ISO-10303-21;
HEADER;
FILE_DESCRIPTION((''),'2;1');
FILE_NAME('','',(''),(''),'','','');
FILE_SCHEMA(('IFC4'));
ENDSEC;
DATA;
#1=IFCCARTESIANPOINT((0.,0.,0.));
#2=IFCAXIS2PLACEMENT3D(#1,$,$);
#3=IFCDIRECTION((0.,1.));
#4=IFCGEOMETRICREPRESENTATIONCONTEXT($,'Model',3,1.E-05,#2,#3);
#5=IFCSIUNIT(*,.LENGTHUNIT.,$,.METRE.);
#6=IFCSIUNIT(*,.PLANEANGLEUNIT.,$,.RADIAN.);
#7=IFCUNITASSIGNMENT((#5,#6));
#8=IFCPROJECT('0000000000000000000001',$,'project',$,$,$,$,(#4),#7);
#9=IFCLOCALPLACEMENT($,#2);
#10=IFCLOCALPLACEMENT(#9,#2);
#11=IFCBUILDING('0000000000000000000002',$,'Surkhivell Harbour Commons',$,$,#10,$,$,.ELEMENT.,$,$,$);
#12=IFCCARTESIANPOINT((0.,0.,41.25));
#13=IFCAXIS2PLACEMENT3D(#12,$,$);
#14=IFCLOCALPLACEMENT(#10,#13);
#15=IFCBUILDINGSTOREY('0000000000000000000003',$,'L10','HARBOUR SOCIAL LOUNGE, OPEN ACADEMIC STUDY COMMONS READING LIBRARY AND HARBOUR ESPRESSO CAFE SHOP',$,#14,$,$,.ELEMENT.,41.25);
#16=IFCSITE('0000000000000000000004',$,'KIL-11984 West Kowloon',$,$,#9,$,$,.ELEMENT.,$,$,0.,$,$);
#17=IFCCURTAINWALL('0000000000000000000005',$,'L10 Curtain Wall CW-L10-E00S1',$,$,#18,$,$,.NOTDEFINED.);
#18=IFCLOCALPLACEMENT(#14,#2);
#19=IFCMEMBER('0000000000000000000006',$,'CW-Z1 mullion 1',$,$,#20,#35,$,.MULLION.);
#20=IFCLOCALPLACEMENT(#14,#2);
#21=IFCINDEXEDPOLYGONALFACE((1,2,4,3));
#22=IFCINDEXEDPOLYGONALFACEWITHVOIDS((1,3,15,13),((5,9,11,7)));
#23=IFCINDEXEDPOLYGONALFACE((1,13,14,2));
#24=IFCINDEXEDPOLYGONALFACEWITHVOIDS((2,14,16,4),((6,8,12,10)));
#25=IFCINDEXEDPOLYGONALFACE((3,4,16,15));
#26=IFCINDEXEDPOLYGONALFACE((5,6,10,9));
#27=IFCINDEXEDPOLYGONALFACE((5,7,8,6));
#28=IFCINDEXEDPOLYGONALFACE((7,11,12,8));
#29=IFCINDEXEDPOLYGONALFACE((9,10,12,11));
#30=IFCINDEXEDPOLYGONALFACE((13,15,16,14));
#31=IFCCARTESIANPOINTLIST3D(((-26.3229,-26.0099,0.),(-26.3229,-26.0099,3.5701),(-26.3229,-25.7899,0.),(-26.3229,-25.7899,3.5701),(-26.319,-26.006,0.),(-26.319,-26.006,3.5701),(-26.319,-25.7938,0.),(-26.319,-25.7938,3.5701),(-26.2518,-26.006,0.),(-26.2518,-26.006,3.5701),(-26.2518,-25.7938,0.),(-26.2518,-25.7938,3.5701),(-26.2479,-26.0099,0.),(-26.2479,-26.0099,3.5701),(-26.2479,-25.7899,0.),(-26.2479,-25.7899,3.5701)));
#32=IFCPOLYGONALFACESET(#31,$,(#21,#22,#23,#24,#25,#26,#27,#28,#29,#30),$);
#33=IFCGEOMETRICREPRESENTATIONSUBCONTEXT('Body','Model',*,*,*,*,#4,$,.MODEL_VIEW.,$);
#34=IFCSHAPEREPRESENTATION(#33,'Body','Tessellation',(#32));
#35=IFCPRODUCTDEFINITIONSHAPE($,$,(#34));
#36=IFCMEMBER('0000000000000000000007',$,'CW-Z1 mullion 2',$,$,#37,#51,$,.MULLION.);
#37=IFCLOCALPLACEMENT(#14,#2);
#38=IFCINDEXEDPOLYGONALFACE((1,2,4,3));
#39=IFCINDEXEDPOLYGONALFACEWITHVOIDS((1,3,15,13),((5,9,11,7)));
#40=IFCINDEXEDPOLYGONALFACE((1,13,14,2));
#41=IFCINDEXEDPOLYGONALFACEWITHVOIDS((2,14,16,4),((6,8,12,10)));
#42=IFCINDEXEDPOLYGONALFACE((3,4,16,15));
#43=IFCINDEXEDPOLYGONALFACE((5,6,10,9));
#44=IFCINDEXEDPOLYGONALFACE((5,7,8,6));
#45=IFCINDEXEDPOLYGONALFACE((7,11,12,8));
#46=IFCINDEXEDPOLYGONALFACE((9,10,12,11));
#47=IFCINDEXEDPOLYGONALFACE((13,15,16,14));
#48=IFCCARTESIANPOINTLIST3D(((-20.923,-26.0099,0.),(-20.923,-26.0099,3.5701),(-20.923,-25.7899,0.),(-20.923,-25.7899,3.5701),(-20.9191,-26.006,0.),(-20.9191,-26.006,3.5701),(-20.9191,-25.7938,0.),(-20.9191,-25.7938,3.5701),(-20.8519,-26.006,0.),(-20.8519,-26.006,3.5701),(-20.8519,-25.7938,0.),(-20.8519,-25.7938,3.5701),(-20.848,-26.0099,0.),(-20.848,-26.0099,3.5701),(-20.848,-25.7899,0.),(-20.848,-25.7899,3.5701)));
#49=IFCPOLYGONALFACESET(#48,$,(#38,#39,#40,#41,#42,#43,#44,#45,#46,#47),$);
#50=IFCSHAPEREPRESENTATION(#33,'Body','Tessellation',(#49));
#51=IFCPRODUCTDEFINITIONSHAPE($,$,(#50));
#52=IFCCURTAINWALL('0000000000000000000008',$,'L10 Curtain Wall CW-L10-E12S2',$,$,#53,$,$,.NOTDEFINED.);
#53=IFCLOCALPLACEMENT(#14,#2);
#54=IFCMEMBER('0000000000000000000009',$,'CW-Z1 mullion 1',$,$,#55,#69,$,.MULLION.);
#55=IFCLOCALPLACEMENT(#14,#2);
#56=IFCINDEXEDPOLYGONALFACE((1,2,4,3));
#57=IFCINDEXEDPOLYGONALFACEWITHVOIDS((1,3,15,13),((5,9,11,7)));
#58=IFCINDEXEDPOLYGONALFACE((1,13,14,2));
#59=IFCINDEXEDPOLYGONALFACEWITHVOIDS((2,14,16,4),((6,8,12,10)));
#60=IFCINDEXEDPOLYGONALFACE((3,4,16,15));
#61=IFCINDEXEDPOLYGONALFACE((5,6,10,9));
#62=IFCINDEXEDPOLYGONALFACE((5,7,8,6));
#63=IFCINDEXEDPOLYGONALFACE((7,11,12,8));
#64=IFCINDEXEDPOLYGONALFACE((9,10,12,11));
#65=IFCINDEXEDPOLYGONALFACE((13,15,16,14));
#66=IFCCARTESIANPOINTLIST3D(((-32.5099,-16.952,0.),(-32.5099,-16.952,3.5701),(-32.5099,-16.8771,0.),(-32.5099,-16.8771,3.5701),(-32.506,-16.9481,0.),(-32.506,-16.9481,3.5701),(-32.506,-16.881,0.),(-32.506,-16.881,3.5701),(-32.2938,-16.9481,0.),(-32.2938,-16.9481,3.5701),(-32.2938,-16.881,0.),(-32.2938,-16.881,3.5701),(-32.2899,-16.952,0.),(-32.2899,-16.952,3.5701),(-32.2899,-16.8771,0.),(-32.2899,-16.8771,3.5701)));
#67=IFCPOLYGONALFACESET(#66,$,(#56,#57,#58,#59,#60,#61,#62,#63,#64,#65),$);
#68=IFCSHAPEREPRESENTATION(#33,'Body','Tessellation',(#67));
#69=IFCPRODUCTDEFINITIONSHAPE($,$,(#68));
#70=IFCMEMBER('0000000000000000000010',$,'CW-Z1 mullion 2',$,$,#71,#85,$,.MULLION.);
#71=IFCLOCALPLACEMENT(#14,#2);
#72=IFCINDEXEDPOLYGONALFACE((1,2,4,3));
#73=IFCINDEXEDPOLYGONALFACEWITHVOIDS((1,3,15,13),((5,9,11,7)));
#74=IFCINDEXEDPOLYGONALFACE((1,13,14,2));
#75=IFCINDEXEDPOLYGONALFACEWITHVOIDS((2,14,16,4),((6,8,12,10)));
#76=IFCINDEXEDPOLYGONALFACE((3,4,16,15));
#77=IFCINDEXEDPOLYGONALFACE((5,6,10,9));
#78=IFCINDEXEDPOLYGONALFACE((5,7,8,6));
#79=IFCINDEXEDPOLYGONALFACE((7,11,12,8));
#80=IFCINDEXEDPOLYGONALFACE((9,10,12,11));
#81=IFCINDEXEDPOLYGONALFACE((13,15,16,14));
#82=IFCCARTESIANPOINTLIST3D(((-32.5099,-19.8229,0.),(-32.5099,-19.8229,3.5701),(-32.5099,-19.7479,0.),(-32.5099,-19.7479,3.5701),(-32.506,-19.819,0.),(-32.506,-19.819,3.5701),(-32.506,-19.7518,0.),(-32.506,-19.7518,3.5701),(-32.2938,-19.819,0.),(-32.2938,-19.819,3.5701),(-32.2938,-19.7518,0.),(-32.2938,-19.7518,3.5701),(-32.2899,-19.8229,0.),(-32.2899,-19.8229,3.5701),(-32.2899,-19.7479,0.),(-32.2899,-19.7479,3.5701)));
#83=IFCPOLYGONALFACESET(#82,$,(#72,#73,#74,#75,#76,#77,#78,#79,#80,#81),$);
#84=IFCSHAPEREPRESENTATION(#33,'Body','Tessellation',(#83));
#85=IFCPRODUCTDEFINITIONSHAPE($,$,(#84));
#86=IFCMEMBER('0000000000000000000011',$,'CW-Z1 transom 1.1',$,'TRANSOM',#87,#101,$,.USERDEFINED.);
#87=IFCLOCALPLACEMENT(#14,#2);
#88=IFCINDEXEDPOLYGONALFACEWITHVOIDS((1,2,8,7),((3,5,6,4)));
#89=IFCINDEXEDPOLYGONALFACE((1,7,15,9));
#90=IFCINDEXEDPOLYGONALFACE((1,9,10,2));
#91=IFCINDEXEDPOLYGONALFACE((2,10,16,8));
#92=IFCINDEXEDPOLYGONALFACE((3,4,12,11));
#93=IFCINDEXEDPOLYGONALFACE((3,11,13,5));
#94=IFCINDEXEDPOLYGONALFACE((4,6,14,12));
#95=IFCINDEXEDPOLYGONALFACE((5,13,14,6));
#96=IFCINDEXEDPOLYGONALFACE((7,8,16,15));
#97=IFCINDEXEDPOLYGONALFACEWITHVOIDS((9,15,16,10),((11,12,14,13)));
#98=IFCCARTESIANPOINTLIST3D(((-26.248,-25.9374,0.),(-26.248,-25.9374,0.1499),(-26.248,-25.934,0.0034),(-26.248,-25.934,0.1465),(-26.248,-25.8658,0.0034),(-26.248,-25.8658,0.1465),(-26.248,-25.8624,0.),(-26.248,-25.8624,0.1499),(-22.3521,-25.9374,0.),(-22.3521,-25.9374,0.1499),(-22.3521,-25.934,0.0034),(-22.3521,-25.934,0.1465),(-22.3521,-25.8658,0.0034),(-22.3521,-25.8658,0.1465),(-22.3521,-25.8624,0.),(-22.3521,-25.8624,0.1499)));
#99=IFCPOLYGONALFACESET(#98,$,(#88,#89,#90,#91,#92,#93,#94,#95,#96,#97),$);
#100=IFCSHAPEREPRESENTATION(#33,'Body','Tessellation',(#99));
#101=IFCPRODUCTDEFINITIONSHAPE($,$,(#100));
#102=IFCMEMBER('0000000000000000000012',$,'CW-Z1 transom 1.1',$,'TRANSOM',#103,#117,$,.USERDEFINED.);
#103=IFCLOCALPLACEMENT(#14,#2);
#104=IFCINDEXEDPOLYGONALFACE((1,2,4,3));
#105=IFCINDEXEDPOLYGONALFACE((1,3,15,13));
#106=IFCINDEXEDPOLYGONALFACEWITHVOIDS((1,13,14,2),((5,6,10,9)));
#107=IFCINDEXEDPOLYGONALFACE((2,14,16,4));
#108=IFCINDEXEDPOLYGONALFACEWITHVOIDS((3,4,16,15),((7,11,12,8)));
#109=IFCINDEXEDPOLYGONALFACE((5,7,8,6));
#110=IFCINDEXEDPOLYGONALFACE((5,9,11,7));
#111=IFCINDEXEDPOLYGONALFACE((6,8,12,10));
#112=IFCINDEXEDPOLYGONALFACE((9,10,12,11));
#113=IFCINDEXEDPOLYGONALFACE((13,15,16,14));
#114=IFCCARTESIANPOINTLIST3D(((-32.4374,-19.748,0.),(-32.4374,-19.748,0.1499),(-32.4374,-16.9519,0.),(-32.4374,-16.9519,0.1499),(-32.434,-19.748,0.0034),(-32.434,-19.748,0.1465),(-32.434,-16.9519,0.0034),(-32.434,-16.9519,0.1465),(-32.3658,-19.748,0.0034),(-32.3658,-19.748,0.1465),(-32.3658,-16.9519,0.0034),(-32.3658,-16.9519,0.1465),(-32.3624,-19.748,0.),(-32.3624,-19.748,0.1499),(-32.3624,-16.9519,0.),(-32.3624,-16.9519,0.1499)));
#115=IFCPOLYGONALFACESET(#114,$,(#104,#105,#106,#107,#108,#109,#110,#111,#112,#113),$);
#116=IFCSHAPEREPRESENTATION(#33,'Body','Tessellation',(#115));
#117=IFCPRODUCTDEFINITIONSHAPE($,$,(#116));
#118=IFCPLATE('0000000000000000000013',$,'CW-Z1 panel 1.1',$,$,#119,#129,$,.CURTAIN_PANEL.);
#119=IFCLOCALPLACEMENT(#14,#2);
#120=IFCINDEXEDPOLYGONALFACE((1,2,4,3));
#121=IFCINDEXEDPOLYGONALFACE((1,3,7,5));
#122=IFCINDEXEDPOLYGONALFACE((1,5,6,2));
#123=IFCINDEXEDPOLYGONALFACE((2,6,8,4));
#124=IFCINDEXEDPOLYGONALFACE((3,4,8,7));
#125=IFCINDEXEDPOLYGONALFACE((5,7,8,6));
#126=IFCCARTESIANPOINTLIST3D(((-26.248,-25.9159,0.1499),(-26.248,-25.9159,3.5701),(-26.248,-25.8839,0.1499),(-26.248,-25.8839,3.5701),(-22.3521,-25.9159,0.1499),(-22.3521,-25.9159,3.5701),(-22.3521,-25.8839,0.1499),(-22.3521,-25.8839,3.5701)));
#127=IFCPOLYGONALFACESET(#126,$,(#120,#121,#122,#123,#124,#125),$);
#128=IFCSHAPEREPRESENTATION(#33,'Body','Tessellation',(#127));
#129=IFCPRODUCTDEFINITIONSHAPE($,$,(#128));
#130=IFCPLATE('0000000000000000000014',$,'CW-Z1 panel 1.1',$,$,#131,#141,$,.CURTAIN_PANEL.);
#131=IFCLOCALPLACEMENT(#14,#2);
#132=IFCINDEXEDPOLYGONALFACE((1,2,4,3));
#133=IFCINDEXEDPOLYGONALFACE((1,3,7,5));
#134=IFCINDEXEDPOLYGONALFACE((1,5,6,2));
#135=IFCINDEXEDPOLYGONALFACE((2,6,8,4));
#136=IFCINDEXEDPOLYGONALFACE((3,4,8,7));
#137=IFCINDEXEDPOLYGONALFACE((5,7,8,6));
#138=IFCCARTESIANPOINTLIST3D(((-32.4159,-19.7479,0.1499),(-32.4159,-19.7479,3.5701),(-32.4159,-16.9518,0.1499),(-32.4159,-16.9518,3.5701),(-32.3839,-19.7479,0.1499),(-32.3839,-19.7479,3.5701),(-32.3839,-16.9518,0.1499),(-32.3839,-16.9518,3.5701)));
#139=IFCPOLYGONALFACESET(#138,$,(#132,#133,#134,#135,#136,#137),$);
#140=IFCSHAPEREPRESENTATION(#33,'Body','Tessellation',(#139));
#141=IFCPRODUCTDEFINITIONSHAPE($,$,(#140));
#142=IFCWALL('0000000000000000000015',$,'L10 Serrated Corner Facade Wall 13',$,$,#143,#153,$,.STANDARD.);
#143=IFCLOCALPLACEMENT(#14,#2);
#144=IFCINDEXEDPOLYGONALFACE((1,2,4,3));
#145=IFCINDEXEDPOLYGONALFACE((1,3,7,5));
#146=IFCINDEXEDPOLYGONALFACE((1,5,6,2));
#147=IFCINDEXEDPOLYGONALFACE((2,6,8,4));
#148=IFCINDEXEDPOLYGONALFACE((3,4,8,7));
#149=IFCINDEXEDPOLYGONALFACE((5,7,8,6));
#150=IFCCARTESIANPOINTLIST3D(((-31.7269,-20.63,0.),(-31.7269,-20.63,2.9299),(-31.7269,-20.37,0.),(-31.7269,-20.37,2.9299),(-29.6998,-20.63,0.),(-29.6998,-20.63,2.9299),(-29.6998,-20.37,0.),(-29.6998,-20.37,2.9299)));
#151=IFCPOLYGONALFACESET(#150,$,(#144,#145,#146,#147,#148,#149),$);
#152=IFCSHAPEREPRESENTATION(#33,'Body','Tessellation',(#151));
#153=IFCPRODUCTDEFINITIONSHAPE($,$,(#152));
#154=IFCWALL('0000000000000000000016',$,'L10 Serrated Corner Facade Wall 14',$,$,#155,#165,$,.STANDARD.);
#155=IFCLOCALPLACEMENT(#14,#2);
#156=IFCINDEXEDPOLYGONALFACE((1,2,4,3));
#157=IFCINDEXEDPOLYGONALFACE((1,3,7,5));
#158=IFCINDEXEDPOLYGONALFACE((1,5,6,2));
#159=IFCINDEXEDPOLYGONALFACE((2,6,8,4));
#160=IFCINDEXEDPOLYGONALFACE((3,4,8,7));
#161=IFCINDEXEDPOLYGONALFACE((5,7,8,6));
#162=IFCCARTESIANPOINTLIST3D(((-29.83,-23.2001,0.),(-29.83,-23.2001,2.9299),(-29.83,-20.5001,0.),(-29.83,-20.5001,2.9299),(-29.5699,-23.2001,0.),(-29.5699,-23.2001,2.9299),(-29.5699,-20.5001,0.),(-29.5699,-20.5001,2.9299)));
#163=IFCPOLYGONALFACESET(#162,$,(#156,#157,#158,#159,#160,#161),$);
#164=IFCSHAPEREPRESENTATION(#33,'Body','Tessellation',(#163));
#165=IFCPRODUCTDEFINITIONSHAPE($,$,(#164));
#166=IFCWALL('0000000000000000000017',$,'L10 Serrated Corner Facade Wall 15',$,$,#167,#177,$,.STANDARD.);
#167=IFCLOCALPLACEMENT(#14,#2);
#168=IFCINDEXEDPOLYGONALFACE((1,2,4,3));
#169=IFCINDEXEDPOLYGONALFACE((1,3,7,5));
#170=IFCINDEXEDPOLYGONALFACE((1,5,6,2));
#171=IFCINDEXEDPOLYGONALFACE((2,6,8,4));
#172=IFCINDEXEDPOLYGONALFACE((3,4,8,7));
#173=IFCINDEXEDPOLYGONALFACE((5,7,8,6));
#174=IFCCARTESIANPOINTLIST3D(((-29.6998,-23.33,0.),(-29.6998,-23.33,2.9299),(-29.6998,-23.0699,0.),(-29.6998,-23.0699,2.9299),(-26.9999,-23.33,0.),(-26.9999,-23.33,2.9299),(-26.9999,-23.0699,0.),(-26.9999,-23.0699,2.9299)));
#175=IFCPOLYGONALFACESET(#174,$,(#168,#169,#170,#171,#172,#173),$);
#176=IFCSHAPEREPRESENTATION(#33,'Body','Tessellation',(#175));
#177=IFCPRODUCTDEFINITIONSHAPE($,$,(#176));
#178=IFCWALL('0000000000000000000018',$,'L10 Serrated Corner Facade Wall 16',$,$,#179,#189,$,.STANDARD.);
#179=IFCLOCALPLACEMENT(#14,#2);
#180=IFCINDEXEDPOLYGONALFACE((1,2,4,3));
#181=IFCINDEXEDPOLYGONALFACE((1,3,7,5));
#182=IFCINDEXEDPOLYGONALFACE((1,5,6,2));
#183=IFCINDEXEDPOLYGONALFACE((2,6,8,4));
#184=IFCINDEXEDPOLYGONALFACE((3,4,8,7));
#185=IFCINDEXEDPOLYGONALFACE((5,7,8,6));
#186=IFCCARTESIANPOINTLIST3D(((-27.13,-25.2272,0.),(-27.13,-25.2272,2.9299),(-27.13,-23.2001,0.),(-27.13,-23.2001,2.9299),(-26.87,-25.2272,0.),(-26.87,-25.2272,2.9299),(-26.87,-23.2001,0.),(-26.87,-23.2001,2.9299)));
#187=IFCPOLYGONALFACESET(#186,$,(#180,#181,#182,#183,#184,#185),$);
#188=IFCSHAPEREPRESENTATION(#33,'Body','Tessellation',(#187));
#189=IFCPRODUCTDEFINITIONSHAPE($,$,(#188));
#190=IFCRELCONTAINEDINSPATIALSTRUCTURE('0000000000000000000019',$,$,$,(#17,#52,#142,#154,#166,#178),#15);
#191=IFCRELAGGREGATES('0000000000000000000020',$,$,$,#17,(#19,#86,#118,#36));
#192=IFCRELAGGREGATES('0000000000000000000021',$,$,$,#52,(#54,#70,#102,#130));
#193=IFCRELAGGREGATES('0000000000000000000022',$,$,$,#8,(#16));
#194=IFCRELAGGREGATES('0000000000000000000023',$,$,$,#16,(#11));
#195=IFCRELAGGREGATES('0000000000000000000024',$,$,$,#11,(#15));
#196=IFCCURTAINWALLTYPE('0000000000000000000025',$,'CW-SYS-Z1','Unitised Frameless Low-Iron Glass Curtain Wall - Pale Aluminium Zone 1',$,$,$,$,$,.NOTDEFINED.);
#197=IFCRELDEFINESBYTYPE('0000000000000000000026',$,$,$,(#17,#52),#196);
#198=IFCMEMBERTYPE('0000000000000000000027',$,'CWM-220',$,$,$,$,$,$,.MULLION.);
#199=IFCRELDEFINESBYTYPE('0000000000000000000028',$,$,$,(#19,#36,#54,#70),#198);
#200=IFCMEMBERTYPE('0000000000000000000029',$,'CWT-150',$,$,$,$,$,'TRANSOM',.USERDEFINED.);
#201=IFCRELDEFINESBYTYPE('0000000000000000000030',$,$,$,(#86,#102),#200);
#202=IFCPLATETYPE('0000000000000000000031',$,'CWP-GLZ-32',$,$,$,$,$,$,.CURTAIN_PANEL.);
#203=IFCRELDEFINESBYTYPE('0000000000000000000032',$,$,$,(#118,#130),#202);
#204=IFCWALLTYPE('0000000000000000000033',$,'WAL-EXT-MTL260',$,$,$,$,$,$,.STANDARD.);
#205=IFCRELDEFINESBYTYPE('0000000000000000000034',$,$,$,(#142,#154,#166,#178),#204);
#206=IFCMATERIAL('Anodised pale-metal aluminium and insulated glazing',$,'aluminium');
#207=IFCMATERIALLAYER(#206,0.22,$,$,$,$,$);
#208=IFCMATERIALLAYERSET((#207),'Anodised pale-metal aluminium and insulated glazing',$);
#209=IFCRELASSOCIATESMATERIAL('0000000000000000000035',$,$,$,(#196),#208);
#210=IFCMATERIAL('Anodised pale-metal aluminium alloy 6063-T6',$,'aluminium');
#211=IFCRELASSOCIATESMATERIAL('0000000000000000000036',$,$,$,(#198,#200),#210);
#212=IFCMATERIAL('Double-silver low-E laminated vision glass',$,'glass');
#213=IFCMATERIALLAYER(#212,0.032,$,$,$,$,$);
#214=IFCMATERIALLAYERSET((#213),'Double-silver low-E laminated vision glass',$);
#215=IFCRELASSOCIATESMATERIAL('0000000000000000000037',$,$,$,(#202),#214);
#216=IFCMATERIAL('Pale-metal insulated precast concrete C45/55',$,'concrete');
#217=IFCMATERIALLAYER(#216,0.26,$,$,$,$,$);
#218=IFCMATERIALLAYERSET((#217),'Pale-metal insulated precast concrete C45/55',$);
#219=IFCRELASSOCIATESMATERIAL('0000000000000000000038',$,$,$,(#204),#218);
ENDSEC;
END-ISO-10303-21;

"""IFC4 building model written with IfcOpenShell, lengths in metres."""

from ifc_helpers import new_model, si_unit, direction, frame, frame_2d, origin, origin_2d, place, context, subcontext, project, spatial, rectangle, hollow_rectangle, extrude, material, layer, layer_set, material_profile, profile_set, type_object, element, aggregate, save


model = new_model("IFC4")

# Units and contexts
model_context = context("Model", 3, precision=1e-05, world=origin(), true_north=direction((0.0, 1.0)))
body_context = subcontext(model_context, "Body", "Model", "MODEL_VIEW")
ifc_project = project(units=[si_unit("LENGTHUNIT", "METRE"), si_unit("PLANEANGLEUNIT", "RADIAN")], contexts=[model_context])

# Site, building, storey
site_placement = place(None, origin())
site = spatial("IfcSite", under=ifc_project, at=site_placement, Name="KIL-11984 West Kowloon", CompositionType="ELEMENT", RefElevation=0.0)
building_placement = place(site_placement, origin())
building = spatial("IfcBuilding", under=site, at=building_placement, Name="Surkhivell Harbour Commons", CompositionType="ELEMENT")
storey_placement = place(building_placement, frame((0.0, 0.0, 41.25)))
storey = spatial("IfcBuildingStorey", under=building, at=storey_placement, Name="L10", Description="HARBOUR SOCIAL LOUNGE, OPEN ACADEMIC STUDY COMMONS READING LIBRARY AND HARBOUR ESPRESSO CAFE SHOP", CompositionType="ELEMENT", Elevation=41.25)

# Curtain walls, members
ifc_material_1 = material(Name="Anodised pale-metal aluminium and insulated glazing", Category="aluminium")
ifc_layer_1 = layer(ifc_material_1, 0.22)
ifc_layer_set_1 = layer_set([ifc_layer_1], Name="Anodised pale-metal aluminium and insulated glazing")
curtain_wall_type = type_object("IfcCurtainWallType", Name="CW-SYS-Z1", Description="Unitised Frameless Low-Iron Glass Curtain Wall - Pale Aluminium Zone 1", PredefinedType="NOTDEFINED", material=ifc_layer_set_1)
curtain_wall_1_placement = place(storey_placement, origin())
curtain_wall_1 = element("IfcCurtainWall", 1, at=curtain_wall_1_placement, inside=storey, type_object=curtain_wall_type, Name="L10 Curtain Wall CW-L10-E00S1", PredefinedType="NOTDEFINED")
ifc_material_2 = material(Name="Anodised pale-metal aluminium alloy 6063-T6", Category="aluminium")
ifc_material_profile_1 = material_profile(ifc_material_2, hollow_rectangle(XDim=0.075, YDim=0.22, WallThickness=0.0039, at=origin_2d()), Name="ALU-MULL-75x220")
ifc_profile_set_1 = profile_set([ifc_material_profile_1], Name="Anodised pale-metal aluminium alloy 6063-T6")
member_type_1 = type_object("IfcMemberType", Name="CWM-220", PredefinedType="MULLION", material=ifc_profile_set_1)
member_1_placement = place(storey_placement, frame((-26.2854, -25.8999, 0.0), z_axis=(0.0, 0.0, 1.0), x_axis=(1.0, 0.0, 0.0)))
member_1 = element("IfcMember", 2, at=member_1_placement, type_object=member_type_1, Name="CW-Z1 mullion 1", PredefinedType="MULLION", context=body_context, shape_type="SweptSolid", body=[
    extrude(hollow_rectangle(XDim=0.075, YDim=0.22, WallThickness=0.0039, at=origin_2d()), origin(), (0.0, 0.0, 1.0), 3.5701),
])
member_2_placement = place(storey_placement, frame((-20.8855, -25.8999, 0.0), z_axis=(0.0, 0.0, 1.0), x_axis=(1.0, 0.0, 0.0)))
member_2 = element("IfcMember", 3, at=member_2_placement, type_object=member_type_1, Name="CW-Z1 mullion 2", PredefinedType="MULLION", context=body_context, shape_type="SweptSolid", body=[
    extrude(hollow_rectangle(XDim=0.075, YDim=0.22, WallThickness=0.0039, at=origin_2d()), origin(), (0.0, 0.0, 1.0), 3.5701),
])
curtain_wall_2_placement = place(storey_placement, origin())
curtain_wall_2 = element("IfcCurtainWall", 4, at=curtain_wall_2_placement, inside=storey, type_object=curtain_wall_type, Name="L10 Curtain Wall CW-L10-E12S2", PredefinedType="NOTDEFINED")
member_3_placement = place(storey_placement, frame((-32.3999, -16.9146, 0.0), z_axis=(0.0, 0.0, 1.0), x_axis=(0.0, -1.0, 0.0)))
member_3 = element("IfcMember", 5, at=member_3_placement, type_object=member_type_1, Name="CW-Z1 mullion 1", PredefinedType="MULLION", context=body_context, shape_type="SweptSolid", body=[
    extrude(hollow_rectangle(XDim=0.075, YDim=0.22, WallThickness=0.0039, at=origin_2d()), origin(), (0.0, 0.0, 1.0), 3.5701),
])
member_4_placement = place(storey_placement, frame((-32.3999, -19.7854, 0.0), z_axis=(0.0, 0.0, 1.0), x_axis=(0.0, -1.0, 0.0)))
member_4 = element("IfcMember", 6, at=member_4_placement, type_object=member_type_1, Name="CW-Z1 mullion 2", PredefinedType="MULLION", context=body_context, shape_type="SweptSolid", body=[
    extrude(hollow_rectangle(XDim=0.075, YDim=0.22, WallThickness=0.0039, at=origin_2d()), origin(), (0.0, 0.0, 1.0), 3.5701),
])

# Members
ifc_material_profile_2 = material_profile(ifc_material_2, hollow_rectangle(XDim=0.075, YDim=0.1499, WallThickness=0.0034, at=origin_2d()), Name="ALU-TRAN-75x150")
ifc_profile_set_2 = profile_set([ifc_material_profile_2], Name="Anodised pale-metal aluminium alloy 6063-T6")
member_type_2 = type_object("IfcMemberType", Name="CWT-150", ElementType="TRANSOM", PredefinedType="USERDEFINED", material=ifc_profile_set_2)
member_5_placement = place(storey_placement, frame((-26.248, -25.8999, 0.075), z_axis=(1.0, 0.0, 0.0), x_axis=(0.0, 1.0, 0.0)))
member_5 = element("IfcMember", 7, at=member_5_placement, type_object=member_type_2, Name="CW-Z1 transom 1.1", ObjectType="TRANSOM", PredefinedType="USERDEFINED", context=body_context, shape_type="SweptSolid", body=[
    extrude(hollow_rectangle(XDim=0.075, YDim=0.1499, WallThickness=0.0034, at=origin_2d()), origin(), (0.0, 0.0, 1.0), 3.896),
])
member_6_placement = place(storey_placement, frame((-32.3999, -16.9519, 0.075), z_axis=(0.0, -1.0, 0.0), x_axis=(1.0, 0.0, 0.0)))
member_6 = element("IfcMember", 8, at=member_6_placement, type_object=member_type_2, Name="CW-Z1 transom 1.1", ObjectType="TRANSOM", PredefinedType="USERDEFINED", context=body_context, shape_type="SweptSolid", body=[
    extrude(hollow_rectangle(XDim=0.075, YDim=0.1499, WallThickness=0.0034, at=origin_2d()), origin(), (0.0, 0.0, 1.0), 2.7961),
])

# Plates
ifc_material_3 = material(Name="Double-silver low-E laminated vision glass", Category="glass")
ifc_layer_2 = layer(ifc_material_3, 0.032)
ifc_layer_set_2 = layer_set([ifc_layer_2], Name="Double-silver low-E laminated vision glass")
plate_type = type_object("IfcPlateType", Name="CWP-GLZ-32", PredefinedType="CURTAIN_PANEL", material=ifc_layer_set_2)
plate_1_placement = place(storey_placement, frame((-26.248, -25.8999, 0.1499), z_axis=(0.0, 0.0, 1.0), x_axis=(1.0, 0.0, 0.0)))
plate_1 = element("IfcPlate", 9, at=plate_1_placement, type_object=plate_type, Name="CW-Z1 panel 1.1", PredefinedType="CURTAIN_PANEL", context=body_context, shape_type="SweptSolid", body=[
    extrude(rectangle(XDim=3.896, YDim=0.032, at=frame_2d((1.948, 0.0))), origin(), (0.0, 0.0, 1.0), 3.4202),
])
aggregate(curtain_wall_1, [member_1, member_5, plate_1, member_2])
plate_2_placement = place(storey_placement, frame((-32.3999, -16.9519, 0.1499), z_axis=(0.0, 0.0, 1.0), x_axis=(0.0, -1.0, 0.0)))
plate_2 = element("IfcPlate", 10, at=plate_2_placement, type_object=plate_type, Name="CW-Z1 panel 1.1", PredefinedType="CURTAIN_PANEL", context=body_context, shape_type="SweptSolid", body=[
    extrude(rectangle(XDim=2.7961, YDim=0.032, at=frame_2d((1.3979, 0.0))), origin(), (0.0, 0.0, 1.0), 3.4202),
])
aggregate(curtain_wall_2, [member_3, member_4, member_6, plate_2])

# Walls
ifc_material_4 = material(Name="Pale-metal insulated precast concrete C45/55", Category="concrete")
ifc_layer_3 = layer(ifc_material_4, 0.26)
ifc_layer_set_3 = layer_set([ifc_layer_3], Name="Pale-metal insulated precast concrete C45/55")
wall_type = type_object("IfcWallType", Name="WAL-EXT-MTL260", PredefinedType="STANDARD", material=ifc_layer_set_3)
wall_1_placement = place(storey_placement, frame((-31.7271, -20.5, 0.0), z_axis=(0.0, 0.0, 1.0), x_axis=(1.0, 0.0, 0.0)))
element("IfcWall", 11, at=wall_1_placement, inside=storey, type_object=wall_type, Name="L10 Serrated Corner Facade Wall 13", PredefinedType="STANDARD", context=body_context, shape_type="SweptSolid", body=[
    extrude(rectangle(XDim=2.0271, YDim=0.26, at=frame_2d((1.0137, 0.0))), origin(), (0.0, 0.0, 1.0), 2.9299),
])
for number, where, z_axis, x_axis, name in (
    (12, (-29.7, -20.5, 0.0), (0.0, 0.0, 1.0), (0.0, -1.0, 0.0), "L10 Serrated Corner Facade Wall 14"),
    (13, (-29.7, -23.2, 0.0), (0.0, 0.0, 1.0), (1.0, 0.0, 0.0), "L10 Serrated Corner Facade Wall 15"),
):
    element("IfcWall", number, at=place(storey_placement, frame(where, z_axis=z_axis, x_axis=x_axis)), inside=storey, type_object=wall_type, Name=name, PredefinedType="STANDARD", context=body_context, shape_type="SweptSolid", body=[
        extrude(rectangle(XDim=2.7, YDim=0.26, at=frame_2d((1.3501, 0.0))), origin(), (0.0, 0.0, 1.0), 2.9299),
    ])
wall_2_placement = place(storey_placement, frame((-27.0, -23.2, 0.0), z_axis=(0.0, 0.0, 1.0), x_axis=(0.0, -1.0, 0.0)))
element("IfcWall", 14, at=wall_2_placement, inside=storey, type_object=wall_type, Name="L10 Serrated Corner Facade Wall 16", PredefinedType="STANDARD", context=body_context, shape_type="SweptSolid", body=[
    extrude(rectangle(XDim=2.0271, YDim=0.26, at=frame_2d((1.0137, 0.0))), origin(), (0.0, 0.0, 1.0), 2.9299),
])

save(model, "model.ifc")
